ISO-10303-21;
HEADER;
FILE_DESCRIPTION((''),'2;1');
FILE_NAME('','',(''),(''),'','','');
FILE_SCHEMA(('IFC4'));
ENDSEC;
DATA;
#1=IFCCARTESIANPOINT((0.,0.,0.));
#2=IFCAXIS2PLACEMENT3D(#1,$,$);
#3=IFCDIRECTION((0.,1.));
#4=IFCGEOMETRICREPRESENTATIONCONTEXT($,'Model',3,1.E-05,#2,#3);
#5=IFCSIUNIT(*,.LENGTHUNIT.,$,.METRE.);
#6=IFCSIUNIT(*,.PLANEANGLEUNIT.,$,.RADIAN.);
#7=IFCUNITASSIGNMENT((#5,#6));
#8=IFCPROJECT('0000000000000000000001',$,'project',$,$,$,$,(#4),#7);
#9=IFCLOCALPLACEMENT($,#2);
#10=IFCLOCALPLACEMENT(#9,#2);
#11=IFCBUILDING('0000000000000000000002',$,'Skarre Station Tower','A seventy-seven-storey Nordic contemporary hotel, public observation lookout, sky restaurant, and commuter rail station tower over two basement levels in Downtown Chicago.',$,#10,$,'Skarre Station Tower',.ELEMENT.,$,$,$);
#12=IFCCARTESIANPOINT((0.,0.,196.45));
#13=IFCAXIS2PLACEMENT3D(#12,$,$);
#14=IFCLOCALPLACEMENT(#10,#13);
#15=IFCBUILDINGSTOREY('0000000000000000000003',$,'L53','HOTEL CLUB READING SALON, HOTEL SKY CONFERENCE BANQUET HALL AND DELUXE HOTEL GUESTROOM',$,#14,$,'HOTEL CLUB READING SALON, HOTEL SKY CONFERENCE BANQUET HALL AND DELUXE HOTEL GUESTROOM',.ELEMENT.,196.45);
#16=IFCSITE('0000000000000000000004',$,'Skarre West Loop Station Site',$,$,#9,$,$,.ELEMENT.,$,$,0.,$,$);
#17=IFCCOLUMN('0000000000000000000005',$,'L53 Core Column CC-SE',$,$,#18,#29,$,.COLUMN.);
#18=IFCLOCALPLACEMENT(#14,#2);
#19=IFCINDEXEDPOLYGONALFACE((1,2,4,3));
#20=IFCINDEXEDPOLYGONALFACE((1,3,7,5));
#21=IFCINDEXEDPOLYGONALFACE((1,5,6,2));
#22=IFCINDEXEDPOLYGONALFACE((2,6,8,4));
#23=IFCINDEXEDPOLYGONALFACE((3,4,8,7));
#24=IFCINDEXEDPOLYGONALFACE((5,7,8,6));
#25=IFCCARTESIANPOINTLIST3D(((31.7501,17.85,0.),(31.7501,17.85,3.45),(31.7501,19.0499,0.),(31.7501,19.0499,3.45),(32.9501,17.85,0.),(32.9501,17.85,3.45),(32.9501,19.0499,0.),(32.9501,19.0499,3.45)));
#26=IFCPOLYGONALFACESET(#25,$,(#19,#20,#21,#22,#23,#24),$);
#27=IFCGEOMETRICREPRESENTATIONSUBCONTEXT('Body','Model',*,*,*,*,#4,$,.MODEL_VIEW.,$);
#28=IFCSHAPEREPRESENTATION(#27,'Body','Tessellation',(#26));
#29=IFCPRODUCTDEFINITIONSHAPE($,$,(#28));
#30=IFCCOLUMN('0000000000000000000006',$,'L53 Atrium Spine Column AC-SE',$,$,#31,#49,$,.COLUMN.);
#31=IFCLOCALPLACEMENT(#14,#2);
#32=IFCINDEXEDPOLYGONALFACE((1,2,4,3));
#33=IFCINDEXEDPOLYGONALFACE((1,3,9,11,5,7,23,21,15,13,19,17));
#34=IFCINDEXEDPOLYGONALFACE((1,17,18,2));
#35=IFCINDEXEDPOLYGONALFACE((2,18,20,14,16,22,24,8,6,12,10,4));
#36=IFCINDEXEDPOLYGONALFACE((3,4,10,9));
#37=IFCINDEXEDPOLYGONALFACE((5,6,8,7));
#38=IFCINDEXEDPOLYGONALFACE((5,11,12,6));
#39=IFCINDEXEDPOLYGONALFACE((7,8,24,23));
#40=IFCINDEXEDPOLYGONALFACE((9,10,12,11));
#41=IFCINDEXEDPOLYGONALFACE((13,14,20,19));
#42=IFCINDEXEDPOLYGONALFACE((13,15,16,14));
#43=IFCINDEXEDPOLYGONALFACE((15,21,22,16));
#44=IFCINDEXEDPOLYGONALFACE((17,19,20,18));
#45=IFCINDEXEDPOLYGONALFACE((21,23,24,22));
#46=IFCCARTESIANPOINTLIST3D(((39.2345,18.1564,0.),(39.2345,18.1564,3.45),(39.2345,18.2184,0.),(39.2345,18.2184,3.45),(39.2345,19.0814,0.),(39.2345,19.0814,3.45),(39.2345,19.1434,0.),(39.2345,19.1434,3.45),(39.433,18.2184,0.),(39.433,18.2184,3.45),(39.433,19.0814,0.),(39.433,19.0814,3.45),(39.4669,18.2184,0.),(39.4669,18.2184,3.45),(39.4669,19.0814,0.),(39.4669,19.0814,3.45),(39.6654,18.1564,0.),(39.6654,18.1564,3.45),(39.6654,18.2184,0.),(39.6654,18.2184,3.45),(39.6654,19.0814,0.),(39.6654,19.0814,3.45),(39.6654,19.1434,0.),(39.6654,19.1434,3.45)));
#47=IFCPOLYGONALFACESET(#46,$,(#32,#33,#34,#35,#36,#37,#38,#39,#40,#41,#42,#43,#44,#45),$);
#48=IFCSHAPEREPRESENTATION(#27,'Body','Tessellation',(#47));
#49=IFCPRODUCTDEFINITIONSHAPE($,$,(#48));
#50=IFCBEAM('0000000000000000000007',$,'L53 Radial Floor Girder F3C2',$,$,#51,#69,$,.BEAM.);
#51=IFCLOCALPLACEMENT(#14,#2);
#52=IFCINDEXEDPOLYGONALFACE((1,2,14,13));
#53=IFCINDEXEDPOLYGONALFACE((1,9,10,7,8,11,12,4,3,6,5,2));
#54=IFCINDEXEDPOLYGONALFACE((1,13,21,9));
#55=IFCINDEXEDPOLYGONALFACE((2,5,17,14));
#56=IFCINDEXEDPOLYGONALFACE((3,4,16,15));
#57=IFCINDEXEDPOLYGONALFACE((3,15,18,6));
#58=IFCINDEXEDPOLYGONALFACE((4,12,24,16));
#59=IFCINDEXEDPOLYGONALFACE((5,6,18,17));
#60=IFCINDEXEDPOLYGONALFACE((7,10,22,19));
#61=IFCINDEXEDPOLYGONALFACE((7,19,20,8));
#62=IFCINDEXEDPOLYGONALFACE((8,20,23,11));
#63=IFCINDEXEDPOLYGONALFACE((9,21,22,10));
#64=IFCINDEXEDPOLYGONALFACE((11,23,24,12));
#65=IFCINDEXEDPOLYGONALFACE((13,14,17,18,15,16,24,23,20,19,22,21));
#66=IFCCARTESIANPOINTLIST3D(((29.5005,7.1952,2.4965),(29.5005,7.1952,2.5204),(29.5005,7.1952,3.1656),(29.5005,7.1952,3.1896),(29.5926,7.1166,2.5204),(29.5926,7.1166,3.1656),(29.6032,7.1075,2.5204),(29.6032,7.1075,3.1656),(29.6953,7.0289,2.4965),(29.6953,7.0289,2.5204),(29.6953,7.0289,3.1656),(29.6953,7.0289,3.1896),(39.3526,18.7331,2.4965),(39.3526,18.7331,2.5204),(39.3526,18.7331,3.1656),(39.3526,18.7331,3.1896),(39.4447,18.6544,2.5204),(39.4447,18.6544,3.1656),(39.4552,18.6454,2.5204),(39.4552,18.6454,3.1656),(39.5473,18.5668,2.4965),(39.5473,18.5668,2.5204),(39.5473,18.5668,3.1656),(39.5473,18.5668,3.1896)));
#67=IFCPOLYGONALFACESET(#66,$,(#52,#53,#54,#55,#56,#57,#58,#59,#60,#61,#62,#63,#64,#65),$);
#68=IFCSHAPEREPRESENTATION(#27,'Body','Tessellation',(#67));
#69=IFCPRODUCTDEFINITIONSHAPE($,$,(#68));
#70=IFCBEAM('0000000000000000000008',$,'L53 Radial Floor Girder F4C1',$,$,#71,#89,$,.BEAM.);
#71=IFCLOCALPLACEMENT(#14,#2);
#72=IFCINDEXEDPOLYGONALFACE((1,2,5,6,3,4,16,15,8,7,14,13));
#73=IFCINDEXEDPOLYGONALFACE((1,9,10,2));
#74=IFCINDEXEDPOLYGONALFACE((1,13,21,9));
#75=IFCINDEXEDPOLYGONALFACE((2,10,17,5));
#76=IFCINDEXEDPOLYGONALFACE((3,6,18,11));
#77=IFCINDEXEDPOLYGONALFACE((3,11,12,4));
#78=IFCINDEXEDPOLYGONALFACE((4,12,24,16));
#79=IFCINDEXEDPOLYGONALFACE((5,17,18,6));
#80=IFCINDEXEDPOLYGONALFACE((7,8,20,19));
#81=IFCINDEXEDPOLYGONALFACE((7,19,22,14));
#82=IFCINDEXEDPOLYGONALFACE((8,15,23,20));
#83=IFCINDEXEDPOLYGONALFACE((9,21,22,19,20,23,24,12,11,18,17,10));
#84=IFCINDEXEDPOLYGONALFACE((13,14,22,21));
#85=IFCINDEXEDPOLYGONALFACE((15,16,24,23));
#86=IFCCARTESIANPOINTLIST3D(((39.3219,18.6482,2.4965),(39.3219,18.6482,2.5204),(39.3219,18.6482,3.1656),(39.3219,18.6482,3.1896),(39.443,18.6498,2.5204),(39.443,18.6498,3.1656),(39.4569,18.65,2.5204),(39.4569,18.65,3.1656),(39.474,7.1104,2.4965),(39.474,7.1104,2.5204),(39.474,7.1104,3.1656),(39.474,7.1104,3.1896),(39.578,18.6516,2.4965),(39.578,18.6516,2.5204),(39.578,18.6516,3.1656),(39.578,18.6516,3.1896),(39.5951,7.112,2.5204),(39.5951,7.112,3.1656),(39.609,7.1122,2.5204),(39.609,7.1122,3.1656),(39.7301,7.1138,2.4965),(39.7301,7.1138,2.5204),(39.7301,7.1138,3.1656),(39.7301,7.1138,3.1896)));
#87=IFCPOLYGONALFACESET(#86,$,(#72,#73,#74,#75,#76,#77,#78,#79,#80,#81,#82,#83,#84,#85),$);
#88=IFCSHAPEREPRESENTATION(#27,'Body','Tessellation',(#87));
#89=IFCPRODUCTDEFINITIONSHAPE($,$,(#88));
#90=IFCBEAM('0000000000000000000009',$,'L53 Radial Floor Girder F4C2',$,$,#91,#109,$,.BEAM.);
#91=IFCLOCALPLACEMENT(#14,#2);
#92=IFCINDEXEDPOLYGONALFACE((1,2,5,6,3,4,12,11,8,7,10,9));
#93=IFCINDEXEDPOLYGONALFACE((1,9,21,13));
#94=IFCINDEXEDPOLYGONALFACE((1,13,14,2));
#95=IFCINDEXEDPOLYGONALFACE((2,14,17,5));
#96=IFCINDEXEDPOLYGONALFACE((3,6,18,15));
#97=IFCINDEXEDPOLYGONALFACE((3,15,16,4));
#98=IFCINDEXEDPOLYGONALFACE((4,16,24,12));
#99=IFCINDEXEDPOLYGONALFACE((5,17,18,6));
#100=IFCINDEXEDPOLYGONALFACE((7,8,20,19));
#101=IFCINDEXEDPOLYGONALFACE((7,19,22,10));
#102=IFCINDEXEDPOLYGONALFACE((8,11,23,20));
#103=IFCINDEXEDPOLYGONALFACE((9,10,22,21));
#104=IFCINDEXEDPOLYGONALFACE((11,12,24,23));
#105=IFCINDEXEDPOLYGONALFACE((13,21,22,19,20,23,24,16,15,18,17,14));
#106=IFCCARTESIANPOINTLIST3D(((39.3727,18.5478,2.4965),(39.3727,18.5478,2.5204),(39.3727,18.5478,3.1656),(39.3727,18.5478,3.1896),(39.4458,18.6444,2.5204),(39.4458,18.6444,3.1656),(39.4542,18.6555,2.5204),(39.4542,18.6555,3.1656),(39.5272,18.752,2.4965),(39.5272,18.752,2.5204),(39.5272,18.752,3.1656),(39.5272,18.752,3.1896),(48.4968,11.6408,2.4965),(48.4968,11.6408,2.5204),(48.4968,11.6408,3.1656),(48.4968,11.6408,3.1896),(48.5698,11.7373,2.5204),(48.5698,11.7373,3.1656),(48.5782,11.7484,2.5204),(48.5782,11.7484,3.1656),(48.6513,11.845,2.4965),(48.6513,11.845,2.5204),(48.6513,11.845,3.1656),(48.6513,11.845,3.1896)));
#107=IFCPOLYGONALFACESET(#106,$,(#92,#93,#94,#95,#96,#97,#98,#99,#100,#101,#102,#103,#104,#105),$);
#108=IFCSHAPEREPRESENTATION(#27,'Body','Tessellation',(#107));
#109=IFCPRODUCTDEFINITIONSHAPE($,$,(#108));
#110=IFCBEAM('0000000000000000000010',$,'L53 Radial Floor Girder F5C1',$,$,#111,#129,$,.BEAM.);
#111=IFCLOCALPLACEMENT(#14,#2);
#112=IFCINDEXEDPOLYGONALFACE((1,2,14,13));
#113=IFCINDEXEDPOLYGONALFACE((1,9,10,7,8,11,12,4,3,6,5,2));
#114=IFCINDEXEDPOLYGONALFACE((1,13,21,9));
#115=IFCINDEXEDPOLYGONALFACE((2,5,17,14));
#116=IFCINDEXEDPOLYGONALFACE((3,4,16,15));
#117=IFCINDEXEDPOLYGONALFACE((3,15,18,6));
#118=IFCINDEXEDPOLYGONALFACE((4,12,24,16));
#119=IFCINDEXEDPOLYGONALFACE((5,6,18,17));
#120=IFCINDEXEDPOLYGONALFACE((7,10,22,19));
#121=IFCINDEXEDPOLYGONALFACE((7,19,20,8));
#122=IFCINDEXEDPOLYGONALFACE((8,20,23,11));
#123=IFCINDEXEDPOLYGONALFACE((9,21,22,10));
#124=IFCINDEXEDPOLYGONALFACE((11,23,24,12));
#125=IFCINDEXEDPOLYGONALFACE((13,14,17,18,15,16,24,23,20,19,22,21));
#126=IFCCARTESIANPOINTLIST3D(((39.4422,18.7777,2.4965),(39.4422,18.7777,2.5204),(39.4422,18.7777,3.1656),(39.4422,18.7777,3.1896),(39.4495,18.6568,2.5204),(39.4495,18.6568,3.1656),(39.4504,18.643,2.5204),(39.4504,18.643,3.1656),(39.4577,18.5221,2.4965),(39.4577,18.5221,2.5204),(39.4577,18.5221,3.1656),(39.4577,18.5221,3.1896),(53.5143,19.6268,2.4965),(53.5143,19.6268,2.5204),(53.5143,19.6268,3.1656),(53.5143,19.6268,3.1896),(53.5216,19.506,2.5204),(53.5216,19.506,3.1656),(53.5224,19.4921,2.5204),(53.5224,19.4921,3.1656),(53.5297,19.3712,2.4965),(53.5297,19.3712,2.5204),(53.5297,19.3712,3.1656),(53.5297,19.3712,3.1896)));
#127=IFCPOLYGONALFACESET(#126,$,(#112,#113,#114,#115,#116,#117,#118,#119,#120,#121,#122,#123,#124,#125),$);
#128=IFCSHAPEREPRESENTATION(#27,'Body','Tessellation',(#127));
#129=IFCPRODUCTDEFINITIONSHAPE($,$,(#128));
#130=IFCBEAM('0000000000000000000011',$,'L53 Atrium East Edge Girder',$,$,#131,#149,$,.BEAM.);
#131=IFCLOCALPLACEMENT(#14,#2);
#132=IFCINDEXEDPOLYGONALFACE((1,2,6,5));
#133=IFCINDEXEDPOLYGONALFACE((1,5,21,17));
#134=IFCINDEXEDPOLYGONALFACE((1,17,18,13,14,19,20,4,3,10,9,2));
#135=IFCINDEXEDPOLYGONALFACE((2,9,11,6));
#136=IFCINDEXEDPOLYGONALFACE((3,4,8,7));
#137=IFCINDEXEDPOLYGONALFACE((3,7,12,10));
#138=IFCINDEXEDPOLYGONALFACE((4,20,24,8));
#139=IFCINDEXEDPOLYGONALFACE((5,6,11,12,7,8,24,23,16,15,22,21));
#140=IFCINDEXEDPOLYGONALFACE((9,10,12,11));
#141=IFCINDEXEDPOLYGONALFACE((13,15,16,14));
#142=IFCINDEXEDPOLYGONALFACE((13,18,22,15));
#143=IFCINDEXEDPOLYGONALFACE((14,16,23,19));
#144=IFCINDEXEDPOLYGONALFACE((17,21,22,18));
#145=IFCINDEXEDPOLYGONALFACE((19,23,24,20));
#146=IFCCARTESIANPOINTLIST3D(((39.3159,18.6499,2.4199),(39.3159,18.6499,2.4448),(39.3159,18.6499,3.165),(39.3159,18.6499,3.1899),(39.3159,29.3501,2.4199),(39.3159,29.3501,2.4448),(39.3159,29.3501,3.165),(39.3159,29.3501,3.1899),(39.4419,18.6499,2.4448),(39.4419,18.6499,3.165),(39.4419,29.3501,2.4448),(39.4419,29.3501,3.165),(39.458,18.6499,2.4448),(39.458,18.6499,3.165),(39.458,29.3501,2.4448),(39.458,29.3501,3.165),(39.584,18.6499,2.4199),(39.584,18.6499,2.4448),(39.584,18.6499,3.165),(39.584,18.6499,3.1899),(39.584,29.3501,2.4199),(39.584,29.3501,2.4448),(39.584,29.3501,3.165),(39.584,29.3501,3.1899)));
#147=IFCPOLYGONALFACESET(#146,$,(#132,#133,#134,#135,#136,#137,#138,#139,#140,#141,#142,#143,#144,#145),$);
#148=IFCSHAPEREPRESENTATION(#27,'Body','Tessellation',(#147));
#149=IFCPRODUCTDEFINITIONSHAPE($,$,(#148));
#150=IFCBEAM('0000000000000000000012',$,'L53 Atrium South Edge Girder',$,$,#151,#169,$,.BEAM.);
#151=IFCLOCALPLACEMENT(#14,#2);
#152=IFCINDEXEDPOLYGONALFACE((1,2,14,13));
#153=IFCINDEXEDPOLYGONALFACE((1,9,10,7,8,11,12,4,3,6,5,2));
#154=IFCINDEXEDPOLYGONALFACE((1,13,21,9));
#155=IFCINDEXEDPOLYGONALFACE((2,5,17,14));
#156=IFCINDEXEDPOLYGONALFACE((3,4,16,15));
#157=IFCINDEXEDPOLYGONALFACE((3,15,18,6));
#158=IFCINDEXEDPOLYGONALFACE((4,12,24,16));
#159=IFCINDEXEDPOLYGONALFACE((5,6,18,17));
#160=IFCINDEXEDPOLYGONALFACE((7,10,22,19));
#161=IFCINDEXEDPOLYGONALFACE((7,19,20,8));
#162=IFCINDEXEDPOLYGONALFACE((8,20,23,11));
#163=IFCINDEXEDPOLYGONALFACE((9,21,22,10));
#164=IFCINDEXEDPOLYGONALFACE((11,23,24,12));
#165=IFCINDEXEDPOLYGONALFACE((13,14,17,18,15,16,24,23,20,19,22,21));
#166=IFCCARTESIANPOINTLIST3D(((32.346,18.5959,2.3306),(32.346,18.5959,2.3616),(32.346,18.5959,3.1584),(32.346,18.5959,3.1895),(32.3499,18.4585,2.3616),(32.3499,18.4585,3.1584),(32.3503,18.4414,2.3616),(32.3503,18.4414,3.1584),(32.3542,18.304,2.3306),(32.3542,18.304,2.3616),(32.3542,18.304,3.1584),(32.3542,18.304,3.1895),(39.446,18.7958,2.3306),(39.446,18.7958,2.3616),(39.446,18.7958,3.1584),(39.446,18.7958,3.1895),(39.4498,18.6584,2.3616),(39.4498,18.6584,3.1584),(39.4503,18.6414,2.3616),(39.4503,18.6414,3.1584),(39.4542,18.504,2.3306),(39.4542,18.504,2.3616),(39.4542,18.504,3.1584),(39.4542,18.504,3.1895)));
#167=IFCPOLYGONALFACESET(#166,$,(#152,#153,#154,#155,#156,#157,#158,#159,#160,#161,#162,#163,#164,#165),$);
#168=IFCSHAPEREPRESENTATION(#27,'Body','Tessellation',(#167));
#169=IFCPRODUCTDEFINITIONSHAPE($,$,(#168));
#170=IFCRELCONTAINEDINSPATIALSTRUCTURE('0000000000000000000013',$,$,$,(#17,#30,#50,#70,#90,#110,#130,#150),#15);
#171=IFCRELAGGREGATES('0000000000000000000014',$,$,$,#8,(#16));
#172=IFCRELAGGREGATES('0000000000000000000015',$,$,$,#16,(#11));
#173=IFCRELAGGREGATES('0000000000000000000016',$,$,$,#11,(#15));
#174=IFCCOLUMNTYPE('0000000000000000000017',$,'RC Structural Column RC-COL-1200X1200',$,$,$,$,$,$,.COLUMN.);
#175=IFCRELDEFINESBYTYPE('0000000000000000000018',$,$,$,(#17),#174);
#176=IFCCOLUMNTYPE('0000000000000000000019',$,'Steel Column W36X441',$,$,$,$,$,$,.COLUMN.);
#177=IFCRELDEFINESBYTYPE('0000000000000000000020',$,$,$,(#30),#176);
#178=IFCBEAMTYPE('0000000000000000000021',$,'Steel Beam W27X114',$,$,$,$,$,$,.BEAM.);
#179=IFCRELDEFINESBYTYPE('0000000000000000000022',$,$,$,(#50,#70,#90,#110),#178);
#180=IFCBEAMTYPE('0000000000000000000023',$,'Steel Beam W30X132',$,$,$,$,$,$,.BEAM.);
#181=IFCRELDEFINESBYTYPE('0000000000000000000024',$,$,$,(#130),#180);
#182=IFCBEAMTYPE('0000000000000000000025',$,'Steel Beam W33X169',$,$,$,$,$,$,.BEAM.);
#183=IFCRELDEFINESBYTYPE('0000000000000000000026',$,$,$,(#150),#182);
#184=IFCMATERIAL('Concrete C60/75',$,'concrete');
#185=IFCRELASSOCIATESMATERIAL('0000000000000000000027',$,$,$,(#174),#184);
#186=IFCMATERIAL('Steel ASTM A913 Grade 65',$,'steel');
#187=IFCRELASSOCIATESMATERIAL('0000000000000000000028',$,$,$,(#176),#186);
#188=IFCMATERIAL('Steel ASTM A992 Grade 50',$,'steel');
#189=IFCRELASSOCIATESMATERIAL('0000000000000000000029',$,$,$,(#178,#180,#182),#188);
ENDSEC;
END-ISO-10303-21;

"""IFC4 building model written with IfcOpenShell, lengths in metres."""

from ifc_helpers import new_model, si_unit, direction, frame, origin, origin_2d, place, context, subcontext, project, spatial, rectangle, i_section, extrude, material, material_profile, profile_set, type_object, element, save


model = new_model("IFC4")

# Units and contexts
model_context = context("Model", 3, precision=1e-05, world=origin(), true_north=direction((0.0, 1.0)))
body_context = subcontext(model_context, "Body", "Model", "MODEL_VIEW")
ifc_project = project(units=[si_unit("LENGTHUNIT", "METRE"), si_unit("PLANEANGLEUNIT", "RADIAN")], contexts=[model_context])

# Site, building, storey
site_placement = place(None, origin())
site = spatial("IfcSite", under=ifc_project, at=site_placement, Name="Skarre West Loop Station Site", CompositionType="ELEMENT", RefElevation=0.0)
building_placement = place(site_placement, origin())
building = spatial("IfcBuilding", under=site, at=building_placement, Name="Skarre Station Tower", Description="A seventy-seven-storey Nordic contemporary hotel, public observation lookout, sky restaurant, and commuter rail station tower over two basement levels in Downtown Chicago.", LongName="Skarre Station Tower", CompositionType="ELEMENT")
storey_placement = place(building_placement, frame((0.0, 0.0, 196.45)))
storey = spatial("IfcBuildingStorey", under=building, at=storey_placement, Name="L53", Description="HOTEL CLUB READING SALON, HOTEL SKY CONFERENCE BANQUET HALL AND DELUXE HOTEL GUESTROOM", LongName="HOTEL CLUB READING SALON, HOTEL SKY CONFERENCE BANQUET HALL AND DELUXE HOTEL GUESTROOM", CompositionType="ELEMENT", Elevation=196.45)

# Columns
ifc_material_1 = material(Name="Concrete C60/75", Category="concrete")
ifc_material_profile_1 = material_profile(ifc_material_1, rectangle(XDim=1.2, YDim=1.2, at=origin_2d()), Name="Concrete C60/75")
ifc_profile_set_1 = profile_set([ifc_material_profile_1], Name="Concrete C60/75")
column_type_1 = type_object("IfcColumnType", Name="RC Structural Column RC-COL-1200X1200", PredefinedType="COLUMN", material=ifc_profile_set_1)
column_1_placement = place(storey_placement, frame((32.3501, 18.45, 0.0), z_axis=(0.0, 0.0, 1.0), x_axis=(1.0, 0.0, 0.0)))
element("IfcColumn", 1, at=column_1_placement, inside=storey, type_object=column_type_1, Name="L53 Core Column CC-SE", PredefinedType="COLUMN", context=body_context, shape_type="SweptSolid", body=[
    extrude(rectangle(XDim=1.2, YDim=1.2, at=origin_2d()), origin(), (0.0, 0.0, 1.0), 3.45),
])
ifc_material_2 = material(Name="Steel ASTM A913 Grade 65", Category="steel")
ifc_material_profile_2 = material_profile(ifc_material_2, i_section(OverallWidth=0.4309, OverallDepth=0.9871, WebThickness=0.0339, FlangeThickness=0.062, at=origin_2d()), Name="Steel ASTM A913 Grade 65")
ifc_profile_set_2 = profile_set([ifc_material_profile_2], Name="Steel ASTM A913 Grade 65")
column_type_2 = type_object("IfcColumnType", Name="Steel Column W36X441", PredefinedType="COLUMN", material=ifc_profile_set_2)
column_2_placement = place(storey_placement, frame((39.45, 18.6499, 0.0), z_axis=(0.0, 0.0, 1.0), x_axis=(1.0, 0.0, 0.0)))
element("IfcColumn", 2, at=column_2_placement, inside=storey, type_object=column_type_2, Name="L53 Atrium Spine Column AC-SE", PredefinedType="COLUMN", context=body_context, shape_type="SweptSolid", body=[
    extrude(i_section(OverallWidth=0.4309, OverallDepth=0.9871, WebThickness=0.0339, FlangeThickness=0.062, at=origin_2d()), origin(), (0.0, 0.0, 1.0), 3.45),
])

# Beams
ifc_material_3 = material(Name="Steel ASTM A992 Grade 50", Category="steel")
ifc_material_profile_3 = material_profile(ifc_material_3, i_section(OverallWidth=0.2561, OverallDepth=0.6931, WebThickness=0.0139, FlangeThickness=0.0239, at=origin_2d()), Name="Steel ASTM A992 Grade 50")
ifc_profile_set_3 = profile_set([ifc_material_profile_3], Name="Steel ASTM A992 Grade 50")
beam_type_1 = type_object("IfcBeamType", Name="Steel Beam W27X114", PredefinedType="BEAM", material=ifc_profile_set_3)
beam_1_placement = place(storey_placement, frame((39.45, 18.6499, 2.843), z_axis=(-0.649364, -0.760477, 0.0), x_axis=(0.760477, -0.649364, 0.0)))
element("IfcBeam", 3, at=beam_1_placement, inside=storey, type_object=beam_type_1, Name="L53 Radial Floor Girder F3C2", PredefinedType="BEAM", context=body_context, shape_type="SweptSolid", body=[
    extrude(i_section(OverallWidth=0.2561, OverallDepth=0.6931, WebThickness=0.0139, FlangeThickness=0.0239, at=origin_2d()), origin(), (0.0, 0.0, 1.0), 15.1719),
])
beam_2_placement = place(storey_placement, frame((39.45, 18.6499, 2.843), z_axis=(0.013182, -0.999913, 0.0), x_axis=(0.999913, 0.013182, 0.0)))
element("IfcBeam", 4, at=beam_2_placement, inside=storey, type_object=beam_type_1, Name="L53 Radial Floor Girder F4C1", PredefinedType="BEAM", context=body_context, shape_type="SweptSolid", body=[
    extrude(i_section(OverallWidth=0.2561, OverallDepth=0.6931, WebThickness=0.0139, FlangeThickness=0.0239, at=origin_2d()), origin(), (0.0, 0.0, 1.0), 11.5388),
])
beam_3_placement = place(storey_placement, frame((39.45, 18.6499, 2.843), z_axis=(0.797309, -0.603571, 0.0), x_axis=(0.603571, 0.797309, 0.0)))
element("IfcBeam", 5, at=beam_3_placement, inside=storey, type_object=beam_type_1, Name="L53 Radial Floor Girder F4C2", PredefinedType="BEAM", context=body_context, shape_type="SweptSolid", body=[
    extrude(i_section(OverallWidth=0.2561, OverallDepth=0.6931, WebThickness=0.0139, FlangeThickness=0.0239, at=origin_2d()), origin(), (0.0, 0.0, 1.0), 11.4436),
])
beam_4_placement = place(storey_placement, frame((39.45, 18.6499, 2.843), z_axis=(0.998184, 0.060232, 0.0), x_axis=(-0.060232, 0.998184, 0.0)))
element("IfcBeam", 6, at=beam_4_placement, inside=storey, type_object=beam_type_1, Name="L53 Radial Floor Girder F5C1", PredefinedType="BEAM", context=body_context, shape_type="SweptSolid", body=[
    extrude(i_section(OverallWidth=0.2561, OverallDepth=0.6931, WebThickness=0.0139, FlangeThickness=0.0239, at=origin_2d()), origin(), (0.0, 0.0, 1.0), 14.0977),
])
ifc_material_profile_4 = material_profile(ifc_material_3, i_section(OverallWidth=0.2681, OverallDepth=0.77, WebThickness=0.0161, FlangeThickness=0.0249, at=origin_2d()), Name="Steel ASTM A992 Grade 50")
ifc_profile_set_4 = profile_set([ifc_material_profile_4], Name="Steel ASTM A992 Grade 50")
beam_type_2 = type_object("IfcBeamType", Name="Steel Beam W30X132", PredefinedType="BEAM", material=ifc_profile_set_4)
beam_5_placement = place(storey_placement, frame((39.45, 18.6499, 2.8049), z_axis=(0.0, 1.0, 0.0), x_axis=(-1.0, 0.0, 0.0)))
element("IfcBeam", 7, at=beam_5_placement, inside=storey, type_object=beam_type_2, Name="L53 Atrium East Edge Girder", PredefinedType="BEAM", context=body_context, shape_type="SweptSolid", body=[
    extrude(i_section(OverallWidth=0.2681, OverallDepth=0.77, WebThickness=0.0161, FlangeThickness=0.0249, at=origin_2d()), origin(), (0.0, 0.0, 1.0), 10.7002),
])
ifc_material_profile_5 = material_profile(ifc_material_3, i_section(OverallWidth=0.292, OverallDepth=0.8589, WebThickness=0.0171, FlangeThickness=0.031, at=origin_2d()), Name="Steel ASTM A992 Grade 50")
ifc_profile_set_5 = profile_set([ifc_material_profile_5], Name="Steel ASTM A992 Grade 50")
beam_type_3 = type_object("IfcBeamType", Name="Steel Beam W33X169", PredefinedType="BEAM", material=ifc_profile_set_5)
beam_6_placement = place(storey_placement, frame((32.3501, 18.45, 2.76), z_axis=(0.999604, 0.028152, 0.0), x_axis=(-0.028152, 0.999604, 0.0)))
element("IfcBeam", 8, at=beam_6_placement, inside=storey, type_object=beam_type_3, Name="L53 Atrium South Edge Girder", PredefinedType="BEAM", context=body_context, shape_type="SweptSolid", body=[
    extrude(i_section(OverallWidth=0.292, OverallDepth=0.8589, WebThickness=0.0171, FlangeThickness=0.031, at=origin_2d()), origin(), (0.0, 0.0, 1.0), 7.1028),
])

save(model, "model.ifc")
